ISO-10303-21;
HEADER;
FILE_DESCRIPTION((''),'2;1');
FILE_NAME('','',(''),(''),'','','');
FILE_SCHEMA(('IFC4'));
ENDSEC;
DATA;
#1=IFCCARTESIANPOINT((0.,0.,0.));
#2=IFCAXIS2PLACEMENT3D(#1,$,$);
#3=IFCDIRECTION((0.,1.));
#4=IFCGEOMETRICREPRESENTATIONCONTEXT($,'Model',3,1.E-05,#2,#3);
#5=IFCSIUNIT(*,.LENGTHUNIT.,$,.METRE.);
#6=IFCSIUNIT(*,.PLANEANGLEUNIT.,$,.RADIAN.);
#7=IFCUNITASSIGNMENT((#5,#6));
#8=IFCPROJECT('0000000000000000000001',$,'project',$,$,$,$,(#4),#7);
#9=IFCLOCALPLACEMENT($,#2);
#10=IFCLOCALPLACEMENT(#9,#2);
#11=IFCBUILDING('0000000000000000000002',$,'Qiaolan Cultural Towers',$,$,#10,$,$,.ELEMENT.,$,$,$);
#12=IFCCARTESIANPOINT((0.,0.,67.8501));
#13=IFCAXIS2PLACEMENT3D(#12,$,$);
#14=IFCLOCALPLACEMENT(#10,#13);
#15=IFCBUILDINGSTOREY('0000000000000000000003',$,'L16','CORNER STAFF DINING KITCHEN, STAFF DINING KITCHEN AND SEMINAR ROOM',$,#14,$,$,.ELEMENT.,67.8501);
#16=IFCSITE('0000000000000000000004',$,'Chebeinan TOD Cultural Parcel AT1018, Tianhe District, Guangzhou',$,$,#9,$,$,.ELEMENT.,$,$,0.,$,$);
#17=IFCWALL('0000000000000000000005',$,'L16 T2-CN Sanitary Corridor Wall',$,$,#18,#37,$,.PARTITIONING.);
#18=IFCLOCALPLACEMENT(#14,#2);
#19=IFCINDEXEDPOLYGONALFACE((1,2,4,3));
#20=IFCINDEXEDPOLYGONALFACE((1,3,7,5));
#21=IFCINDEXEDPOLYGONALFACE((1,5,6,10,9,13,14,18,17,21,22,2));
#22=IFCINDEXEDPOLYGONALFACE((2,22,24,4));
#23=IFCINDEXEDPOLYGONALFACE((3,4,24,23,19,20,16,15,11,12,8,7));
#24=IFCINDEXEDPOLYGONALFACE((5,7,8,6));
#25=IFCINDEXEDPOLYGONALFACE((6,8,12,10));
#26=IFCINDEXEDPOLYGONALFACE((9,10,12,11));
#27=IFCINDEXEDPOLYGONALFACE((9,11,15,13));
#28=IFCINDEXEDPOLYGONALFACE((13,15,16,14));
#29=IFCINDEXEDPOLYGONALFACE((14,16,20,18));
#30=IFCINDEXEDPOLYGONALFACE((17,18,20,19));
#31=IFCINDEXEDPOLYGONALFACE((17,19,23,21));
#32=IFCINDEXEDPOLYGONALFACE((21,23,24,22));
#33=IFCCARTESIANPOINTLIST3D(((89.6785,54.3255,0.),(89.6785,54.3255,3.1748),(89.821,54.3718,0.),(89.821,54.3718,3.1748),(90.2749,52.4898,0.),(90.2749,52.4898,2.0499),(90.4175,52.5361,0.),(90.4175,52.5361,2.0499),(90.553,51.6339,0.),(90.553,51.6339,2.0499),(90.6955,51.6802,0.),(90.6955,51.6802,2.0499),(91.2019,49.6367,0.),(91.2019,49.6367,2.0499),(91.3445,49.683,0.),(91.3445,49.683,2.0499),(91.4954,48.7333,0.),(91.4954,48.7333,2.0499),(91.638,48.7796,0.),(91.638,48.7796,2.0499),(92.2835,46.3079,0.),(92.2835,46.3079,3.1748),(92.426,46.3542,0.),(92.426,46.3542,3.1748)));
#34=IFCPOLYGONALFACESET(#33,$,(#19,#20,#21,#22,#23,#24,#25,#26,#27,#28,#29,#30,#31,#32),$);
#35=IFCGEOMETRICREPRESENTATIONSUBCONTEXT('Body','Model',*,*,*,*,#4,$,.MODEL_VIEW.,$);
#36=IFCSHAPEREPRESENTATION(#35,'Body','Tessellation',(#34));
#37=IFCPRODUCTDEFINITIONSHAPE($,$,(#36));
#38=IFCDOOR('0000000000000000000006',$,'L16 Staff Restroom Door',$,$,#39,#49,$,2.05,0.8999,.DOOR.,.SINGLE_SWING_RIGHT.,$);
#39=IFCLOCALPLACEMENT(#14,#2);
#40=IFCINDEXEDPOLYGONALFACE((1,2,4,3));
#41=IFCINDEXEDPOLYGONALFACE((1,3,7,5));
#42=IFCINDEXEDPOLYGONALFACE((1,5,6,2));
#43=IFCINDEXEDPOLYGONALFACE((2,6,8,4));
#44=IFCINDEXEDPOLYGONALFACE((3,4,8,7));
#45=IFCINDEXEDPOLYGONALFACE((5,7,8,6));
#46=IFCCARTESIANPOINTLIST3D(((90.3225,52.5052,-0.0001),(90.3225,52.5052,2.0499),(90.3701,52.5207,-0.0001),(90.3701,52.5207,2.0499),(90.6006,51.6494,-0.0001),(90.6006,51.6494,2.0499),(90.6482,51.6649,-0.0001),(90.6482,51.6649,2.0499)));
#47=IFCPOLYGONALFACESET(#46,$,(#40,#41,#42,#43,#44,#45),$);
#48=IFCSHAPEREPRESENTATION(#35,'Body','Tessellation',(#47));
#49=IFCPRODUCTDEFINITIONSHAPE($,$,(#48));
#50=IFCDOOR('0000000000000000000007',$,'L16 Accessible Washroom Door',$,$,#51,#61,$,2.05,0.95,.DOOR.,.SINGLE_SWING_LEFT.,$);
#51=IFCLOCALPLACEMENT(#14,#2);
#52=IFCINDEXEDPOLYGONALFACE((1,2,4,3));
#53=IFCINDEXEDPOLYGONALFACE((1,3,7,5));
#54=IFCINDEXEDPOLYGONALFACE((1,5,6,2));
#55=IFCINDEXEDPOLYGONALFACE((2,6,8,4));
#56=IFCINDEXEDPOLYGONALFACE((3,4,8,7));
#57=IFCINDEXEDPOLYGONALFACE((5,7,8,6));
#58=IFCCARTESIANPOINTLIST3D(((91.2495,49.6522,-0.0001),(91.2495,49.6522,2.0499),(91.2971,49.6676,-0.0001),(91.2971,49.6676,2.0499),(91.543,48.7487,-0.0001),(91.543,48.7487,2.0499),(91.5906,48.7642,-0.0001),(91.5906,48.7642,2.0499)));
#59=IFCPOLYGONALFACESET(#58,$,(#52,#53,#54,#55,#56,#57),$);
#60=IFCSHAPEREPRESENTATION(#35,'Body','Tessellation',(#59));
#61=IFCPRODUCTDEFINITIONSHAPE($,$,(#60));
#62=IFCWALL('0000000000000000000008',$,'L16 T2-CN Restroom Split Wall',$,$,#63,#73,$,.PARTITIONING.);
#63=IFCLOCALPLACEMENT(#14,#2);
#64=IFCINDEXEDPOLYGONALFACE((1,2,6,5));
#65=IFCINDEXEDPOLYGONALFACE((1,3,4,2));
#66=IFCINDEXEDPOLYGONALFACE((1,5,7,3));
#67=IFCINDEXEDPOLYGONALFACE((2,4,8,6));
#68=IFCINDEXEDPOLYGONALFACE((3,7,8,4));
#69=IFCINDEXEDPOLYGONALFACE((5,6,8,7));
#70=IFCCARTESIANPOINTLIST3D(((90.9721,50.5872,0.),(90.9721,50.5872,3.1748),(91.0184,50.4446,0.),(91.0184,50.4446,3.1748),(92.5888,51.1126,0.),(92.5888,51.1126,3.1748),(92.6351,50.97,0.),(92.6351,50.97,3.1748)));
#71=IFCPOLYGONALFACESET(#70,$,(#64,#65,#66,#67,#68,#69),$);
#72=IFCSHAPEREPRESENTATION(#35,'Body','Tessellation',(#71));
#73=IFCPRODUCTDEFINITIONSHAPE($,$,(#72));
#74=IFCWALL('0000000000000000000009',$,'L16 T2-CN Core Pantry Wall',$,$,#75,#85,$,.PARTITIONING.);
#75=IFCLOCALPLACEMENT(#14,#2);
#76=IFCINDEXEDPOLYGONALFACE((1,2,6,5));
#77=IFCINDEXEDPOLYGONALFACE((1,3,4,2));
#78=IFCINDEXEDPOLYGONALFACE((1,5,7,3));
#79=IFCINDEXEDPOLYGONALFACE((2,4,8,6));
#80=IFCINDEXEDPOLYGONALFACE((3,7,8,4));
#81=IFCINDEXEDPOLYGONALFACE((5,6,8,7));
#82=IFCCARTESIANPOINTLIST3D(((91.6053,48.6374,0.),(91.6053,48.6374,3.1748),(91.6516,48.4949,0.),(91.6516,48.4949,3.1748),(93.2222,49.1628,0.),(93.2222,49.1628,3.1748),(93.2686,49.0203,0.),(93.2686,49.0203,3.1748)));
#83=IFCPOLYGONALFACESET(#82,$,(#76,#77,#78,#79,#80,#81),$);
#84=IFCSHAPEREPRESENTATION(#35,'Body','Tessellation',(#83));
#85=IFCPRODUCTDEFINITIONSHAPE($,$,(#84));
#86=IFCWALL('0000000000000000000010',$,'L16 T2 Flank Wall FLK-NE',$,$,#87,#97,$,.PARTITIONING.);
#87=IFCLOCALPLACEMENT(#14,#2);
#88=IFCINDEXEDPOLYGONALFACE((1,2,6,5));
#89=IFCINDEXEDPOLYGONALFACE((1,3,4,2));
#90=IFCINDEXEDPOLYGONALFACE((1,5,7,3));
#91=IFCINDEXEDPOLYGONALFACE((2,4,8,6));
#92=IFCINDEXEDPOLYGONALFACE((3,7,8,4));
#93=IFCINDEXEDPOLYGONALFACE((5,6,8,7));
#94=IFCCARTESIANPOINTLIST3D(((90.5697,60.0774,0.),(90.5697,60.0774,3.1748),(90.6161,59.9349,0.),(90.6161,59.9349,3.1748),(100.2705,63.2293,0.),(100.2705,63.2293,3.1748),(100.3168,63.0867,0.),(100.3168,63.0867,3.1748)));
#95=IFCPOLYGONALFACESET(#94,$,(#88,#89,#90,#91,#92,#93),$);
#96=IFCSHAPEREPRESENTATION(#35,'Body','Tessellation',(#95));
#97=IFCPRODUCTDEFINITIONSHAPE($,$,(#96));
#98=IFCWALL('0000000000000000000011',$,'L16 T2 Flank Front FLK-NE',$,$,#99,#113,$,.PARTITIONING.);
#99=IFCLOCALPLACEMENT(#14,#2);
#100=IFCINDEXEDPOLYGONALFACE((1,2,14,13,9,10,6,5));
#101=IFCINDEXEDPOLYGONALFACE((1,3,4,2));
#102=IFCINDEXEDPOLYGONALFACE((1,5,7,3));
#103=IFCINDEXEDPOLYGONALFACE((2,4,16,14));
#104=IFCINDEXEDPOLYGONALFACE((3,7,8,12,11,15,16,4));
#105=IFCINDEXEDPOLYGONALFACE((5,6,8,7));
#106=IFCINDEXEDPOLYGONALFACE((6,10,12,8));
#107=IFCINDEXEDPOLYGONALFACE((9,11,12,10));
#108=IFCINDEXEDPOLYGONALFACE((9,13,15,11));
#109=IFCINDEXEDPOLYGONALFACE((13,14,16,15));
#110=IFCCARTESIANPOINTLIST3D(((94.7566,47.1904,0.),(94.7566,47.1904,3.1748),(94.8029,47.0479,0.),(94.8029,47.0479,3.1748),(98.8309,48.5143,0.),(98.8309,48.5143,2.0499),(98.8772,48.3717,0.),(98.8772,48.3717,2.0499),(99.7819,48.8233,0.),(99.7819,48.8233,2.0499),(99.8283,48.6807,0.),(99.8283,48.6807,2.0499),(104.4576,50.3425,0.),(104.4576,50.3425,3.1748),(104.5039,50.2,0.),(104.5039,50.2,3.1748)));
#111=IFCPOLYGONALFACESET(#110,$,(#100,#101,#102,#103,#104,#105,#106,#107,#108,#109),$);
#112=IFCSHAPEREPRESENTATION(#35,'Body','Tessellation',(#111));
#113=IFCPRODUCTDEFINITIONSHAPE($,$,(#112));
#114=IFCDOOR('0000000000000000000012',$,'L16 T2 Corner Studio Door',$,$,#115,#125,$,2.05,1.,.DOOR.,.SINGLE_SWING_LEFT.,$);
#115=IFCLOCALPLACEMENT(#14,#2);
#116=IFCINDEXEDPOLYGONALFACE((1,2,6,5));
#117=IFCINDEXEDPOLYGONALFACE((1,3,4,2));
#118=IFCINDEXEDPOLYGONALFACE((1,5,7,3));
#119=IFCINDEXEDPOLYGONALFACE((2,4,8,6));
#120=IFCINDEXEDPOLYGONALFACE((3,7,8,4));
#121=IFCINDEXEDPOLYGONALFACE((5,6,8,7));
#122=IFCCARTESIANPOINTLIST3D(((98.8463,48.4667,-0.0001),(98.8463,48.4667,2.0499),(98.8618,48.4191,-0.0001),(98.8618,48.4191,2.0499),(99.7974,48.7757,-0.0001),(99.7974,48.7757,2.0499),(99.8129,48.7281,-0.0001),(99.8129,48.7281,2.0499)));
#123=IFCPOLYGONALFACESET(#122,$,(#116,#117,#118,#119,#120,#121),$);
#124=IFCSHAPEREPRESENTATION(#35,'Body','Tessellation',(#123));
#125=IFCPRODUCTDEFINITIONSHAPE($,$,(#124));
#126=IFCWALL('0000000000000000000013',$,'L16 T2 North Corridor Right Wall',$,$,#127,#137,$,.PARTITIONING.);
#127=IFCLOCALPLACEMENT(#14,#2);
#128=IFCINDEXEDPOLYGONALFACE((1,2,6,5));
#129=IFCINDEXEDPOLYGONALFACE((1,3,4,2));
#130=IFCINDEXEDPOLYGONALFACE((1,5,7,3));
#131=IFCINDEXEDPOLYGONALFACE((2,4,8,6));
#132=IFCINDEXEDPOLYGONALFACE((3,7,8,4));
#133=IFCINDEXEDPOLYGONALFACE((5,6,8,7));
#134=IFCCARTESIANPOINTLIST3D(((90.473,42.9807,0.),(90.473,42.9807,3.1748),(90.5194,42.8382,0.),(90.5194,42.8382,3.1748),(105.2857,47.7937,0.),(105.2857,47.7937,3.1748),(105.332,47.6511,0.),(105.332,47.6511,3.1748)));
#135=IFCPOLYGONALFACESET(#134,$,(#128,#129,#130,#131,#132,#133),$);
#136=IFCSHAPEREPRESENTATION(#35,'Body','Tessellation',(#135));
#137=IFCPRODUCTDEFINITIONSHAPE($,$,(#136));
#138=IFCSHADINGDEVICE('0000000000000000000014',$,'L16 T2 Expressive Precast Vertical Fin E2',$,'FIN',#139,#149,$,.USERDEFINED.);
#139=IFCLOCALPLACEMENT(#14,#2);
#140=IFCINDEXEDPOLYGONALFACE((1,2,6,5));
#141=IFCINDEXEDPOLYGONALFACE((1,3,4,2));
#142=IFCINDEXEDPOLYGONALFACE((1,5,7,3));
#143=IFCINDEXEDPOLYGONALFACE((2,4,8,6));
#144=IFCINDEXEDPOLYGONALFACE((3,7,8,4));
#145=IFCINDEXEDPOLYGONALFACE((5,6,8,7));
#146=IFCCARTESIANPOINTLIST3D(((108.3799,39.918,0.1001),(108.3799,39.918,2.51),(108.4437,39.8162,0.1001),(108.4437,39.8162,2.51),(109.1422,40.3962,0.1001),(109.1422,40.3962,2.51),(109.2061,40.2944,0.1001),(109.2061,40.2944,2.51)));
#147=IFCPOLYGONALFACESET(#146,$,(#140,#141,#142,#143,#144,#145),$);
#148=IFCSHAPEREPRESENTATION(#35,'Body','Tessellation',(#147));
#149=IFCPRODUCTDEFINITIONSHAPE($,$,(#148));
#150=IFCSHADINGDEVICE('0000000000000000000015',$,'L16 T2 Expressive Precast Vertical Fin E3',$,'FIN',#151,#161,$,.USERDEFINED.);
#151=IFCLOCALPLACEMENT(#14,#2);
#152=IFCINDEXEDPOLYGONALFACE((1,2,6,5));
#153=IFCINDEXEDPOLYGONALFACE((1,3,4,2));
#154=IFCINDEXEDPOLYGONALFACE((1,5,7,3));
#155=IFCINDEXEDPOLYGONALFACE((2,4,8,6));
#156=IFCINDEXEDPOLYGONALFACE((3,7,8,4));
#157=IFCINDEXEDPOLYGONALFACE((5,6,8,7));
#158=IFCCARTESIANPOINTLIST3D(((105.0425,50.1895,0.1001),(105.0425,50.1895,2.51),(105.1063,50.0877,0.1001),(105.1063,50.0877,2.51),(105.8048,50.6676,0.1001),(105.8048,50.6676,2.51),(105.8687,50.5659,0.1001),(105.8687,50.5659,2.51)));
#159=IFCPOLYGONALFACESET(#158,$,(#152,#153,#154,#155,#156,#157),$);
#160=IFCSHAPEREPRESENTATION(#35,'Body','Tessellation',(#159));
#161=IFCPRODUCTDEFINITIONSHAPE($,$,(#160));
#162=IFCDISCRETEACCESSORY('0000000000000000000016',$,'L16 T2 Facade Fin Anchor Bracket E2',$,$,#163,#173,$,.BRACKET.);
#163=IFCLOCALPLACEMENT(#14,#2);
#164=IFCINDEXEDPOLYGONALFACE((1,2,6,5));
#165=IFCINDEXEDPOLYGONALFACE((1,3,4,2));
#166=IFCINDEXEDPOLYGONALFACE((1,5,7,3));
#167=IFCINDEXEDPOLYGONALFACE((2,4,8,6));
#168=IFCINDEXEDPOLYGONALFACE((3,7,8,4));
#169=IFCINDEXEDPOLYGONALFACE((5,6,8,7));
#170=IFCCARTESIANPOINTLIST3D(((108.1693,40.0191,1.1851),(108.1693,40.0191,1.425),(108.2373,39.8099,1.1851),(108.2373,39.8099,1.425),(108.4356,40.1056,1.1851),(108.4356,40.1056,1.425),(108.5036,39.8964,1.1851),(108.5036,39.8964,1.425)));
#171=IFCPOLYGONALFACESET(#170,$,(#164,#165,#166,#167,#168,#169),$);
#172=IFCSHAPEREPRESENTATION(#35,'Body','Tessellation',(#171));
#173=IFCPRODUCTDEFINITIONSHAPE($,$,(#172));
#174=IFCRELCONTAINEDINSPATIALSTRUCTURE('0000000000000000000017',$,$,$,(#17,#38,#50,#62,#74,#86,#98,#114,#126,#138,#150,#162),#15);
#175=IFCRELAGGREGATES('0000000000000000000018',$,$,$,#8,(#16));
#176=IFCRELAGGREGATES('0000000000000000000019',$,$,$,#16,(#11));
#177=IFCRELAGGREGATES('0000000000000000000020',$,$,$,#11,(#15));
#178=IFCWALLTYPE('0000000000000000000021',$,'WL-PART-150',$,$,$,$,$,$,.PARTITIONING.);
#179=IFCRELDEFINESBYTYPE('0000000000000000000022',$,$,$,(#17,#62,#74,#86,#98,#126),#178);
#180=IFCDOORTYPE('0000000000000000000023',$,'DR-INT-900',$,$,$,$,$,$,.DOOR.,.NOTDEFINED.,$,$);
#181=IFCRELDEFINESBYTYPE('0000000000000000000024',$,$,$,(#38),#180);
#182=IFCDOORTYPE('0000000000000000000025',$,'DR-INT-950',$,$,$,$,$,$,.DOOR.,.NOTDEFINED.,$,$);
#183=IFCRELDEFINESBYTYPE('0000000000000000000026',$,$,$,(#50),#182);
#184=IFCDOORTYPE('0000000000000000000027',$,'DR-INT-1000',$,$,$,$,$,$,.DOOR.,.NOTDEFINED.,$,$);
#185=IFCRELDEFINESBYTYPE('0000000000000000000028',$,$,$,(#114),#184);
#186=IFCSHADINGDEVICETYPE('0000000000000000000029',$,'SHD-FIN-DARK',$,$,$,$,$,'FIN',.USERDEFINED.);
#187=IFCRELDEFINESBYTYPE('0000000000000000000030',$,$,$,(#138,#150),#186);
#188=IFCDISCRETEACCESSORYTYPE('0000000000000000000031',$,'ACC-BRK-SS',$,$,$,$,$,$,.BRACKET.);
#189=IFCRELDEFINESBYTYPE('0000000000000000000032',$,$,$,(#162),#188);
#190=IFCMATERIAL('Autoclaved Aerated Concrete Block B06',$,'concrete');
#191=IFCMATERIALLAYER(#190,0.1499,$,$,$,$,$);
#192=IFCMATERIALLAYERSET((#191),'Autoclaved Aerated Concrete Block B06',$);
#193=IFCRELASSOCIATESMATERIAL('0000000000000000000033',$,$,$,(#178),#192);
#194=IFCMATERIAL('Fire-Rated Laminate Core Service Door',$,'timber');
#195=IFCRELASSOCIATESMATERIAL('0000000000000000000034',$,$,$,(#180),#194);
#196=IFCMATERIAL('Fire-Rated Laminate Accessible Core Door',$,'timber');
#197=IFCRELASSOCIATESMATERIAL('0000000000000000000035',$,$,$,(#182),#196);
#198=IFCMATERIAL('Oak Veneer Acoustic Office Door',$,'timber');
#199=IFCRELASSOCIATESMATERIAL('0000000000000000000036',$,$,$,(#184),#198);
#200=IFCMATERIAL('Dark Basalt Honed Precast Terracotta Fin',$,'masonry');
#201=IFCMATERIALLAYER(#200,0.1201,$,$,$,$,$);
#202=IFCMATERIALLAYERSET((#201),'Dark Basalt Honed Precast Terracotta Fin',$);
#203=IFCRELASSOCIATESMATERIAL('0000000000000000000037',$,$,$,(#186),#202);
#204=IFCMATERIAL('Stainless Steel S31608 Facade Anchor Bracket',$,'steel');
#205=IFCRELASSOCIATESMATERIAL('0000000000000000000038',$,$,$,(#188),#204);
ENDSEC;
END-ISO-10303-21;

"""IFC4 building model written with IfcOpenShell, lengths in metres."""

from ifc_helpers import new_model, si_unit, direction, frame, frame_2d, origin, origin_2d, place, context, subcontext, project, spatial, rectangle, extrude, material, layer, layer_set, type_object, element, fill, save


model = new_model("IFC4")

# Units and contexts
model_context = context("Model", 3, precision=1e-05, world=origin(), true_north=direction((0.0, 1.0)))
body_context = subcontext(model_context, "Body", "Model", "MODEL_VIEW")
ifc_project = project(units=[si_unit("LENGTHUNIT", "METRE"), si_unit("PLANEANGLEUNIT", "RADIAN")], contexts=[model_context])

# Site, building, storey
site_placement = place(None, origin())
site = spatial("IfcSite", under=ifc_project, at=site_placement, Name="Chebeinan TOD Cultural Parcel AT1018, Tianhe District, Guangzhou", CompositionType="ELEMENT", RefElevation=0.0)
building_placement = place(site_placement, origin())
building = spatial("IfcBuilding", under=site, at=building_placement, Name="Qiaolan Cultural Towers", CompositionType="ELEMENT")
storey_placement = place(building_placement, frame((0.0, 0.0, 67.8501)))
storey = spatial("IfcBuildingStorey", under=building, at=storey_placement, Name="L16", Description="CORNER STAFF DINING KITCHEN, STAFF DINING KITCHEN AND SEMINAR ROOM", CompositionType="ELEMENT", Elevation=67.8501)

# Wall, openings, doors
ifc_material_1 = material(Name="Autoclaved Aerated Concrete Block B06", Category="concrete")
ifc_layer_1 = layer(ifc_material_1, 0.1499)
ifc_layer_set_1 = layer_set([ifc_layer_1], Name="Autoclaved Aerated Concrete Block B06")
wall_type_1 = type_object("IfcWallType", Name="WL-PART-150", PredefinedType="PARTITIONING", material=ifc_layer_set_1)
ifc_material_2 = material(Name="Fire-Rated Laminate Core Service Door", Category="timber")
door_type_1 = type_object("IfcDoorType", Name="DR-INT-900", OperationType="NOTDEFINED", PredefinedType="DOOR", material=ifc_material_2)
ifc_material_3 = material(Name="Fire-Rated Laminate Accessible Core Door", Category="timber")
door_type_2 = type_object("IfcDoorType", Name="DR-INT-950", OperationType="NOTDEFINED", PredefinedType="DOOR", material=ifc_material_3)
wall_1_placement = place(storey_placement, frame((92.3547, 46.3311, 0.0), z_axis=(0.0, 0.0, 1.0), x_axis=(-0.309007, 0.95106, 0.0)))
wall_1 = element("IfcWall", 1, at=wall_1_placement, inside=storey, type_object=wall_type_1, Name="L16 T2-CN Sanitary Corridor Wall", PredefinedType="PARTITIONING", context=body_context, shape_type="SweptSolid", body=[
    extrude(rectangle(XDim=8.4302, YDim=0.1499, at=frame_2d((4.2151, 0.0))), origin(), (0.0, 0.0, 1.0), 3.1748),
])
opening_1_placement = place(wall_1_placement, frame((2.55, 0.0, 0.0)))
opening_1 = element("IfcOpeningElement", 2, at=opening_1_placement, cuts=wall_1, PredefinedType="OPENING", context=body_context, shape_type="SweptSolid", body=[
    extrude(rectangle(XDim=0.95, YDim=2.05, at=frame_2d((0.4751, 1.0249))), frame((0.0, 0.085, 0.0), z_axis=(0.0, -1.0, 0.0), x_axis=(1.0, 0.0, 0.0)), (0.0, 0.0, 1.0), 0.1699),
])
opening_2_placement = place(wall_1_placement, frame((5.6001, 0.0, 0.0)))
opening_2 = element("IfcOpeningElement", 3, at=opening_2_placement, cuts=wall_1, PredefinedType="OPENING", context=body_context, shape_type="SweptSolid", body=[
    extrude(rectangle(XDim=0.8999, YDim=2.05, at=frame_2d((0.45, 1.0249))), frame((0.0, 0.085, 0.0), z_axis=(0.0, -1.0, 0.0), x_axis=(1.0, 0.0, 0.0)), (0.0, 0.0, 1.0), 0.1699),
])
door_1_placement = place(opening_2_placement, origin())
door_1 = element("IfcDoor", 4, at=door_1_placement, inside=storey, type_object=door_type_1, Name="L16 Staff Restroom Door", OperationType="SINGLE_SWING_RIGHT", OverallHeight=2.05, OverallWidth=0.8999, PredefinedType="DOOR", context=body_context, shape_type="SweptSolid", body=[
    extrude(rectangle(XDim=0.8999, YDim=2.05, at=frame_2d((0.45, 1.0249))), frame((0.0, 0.0249, 0.0), z_axis=(0.0, -1.0, 0.0), x_axis=(1.0, 0.0, 0.0)), (0.0, 0.0, 1.0), 0.05),
])
fill(opening_2, door_1)
door_2_placement = place(opening_1_placement, origin())
door_2 = element("IfcDoor", 5, at=door_2_placement, inside=storey, type_object=door_type_2, Name="L16 Accessible Washroom Door", OperationType="SINGLE_SWING_LEFT", OverallHeight=2.05, OverallWidth=0.95, PredefinedType="DOOR", context=body_context, shape_type="SweptSolid", body=[
    extrude(rectangle(XDim=0.95, YDim=2.05, at=frame_2d((0.4751, 1.0249))), frame((0.0, 0.0249, 0.0), z_axis=(0.0, -1.0, 0.0), x_axis=(1.0, 0.0, 0.0)), (0.0, 0.0, 1.0), 0.05),
])
fill(opening_1, door_2)

# Walls
wall_2_placement = place(storey_placement, frame((90.9951, 50.5159, 0.0), z_axis=(0.0, 0.0, 1.0), x_axis=(0.95104, 0.309067, 0.0)))
element("IfcWall", 6, at=wall_2_placement, inside=storey, type_object=wall_type_1, Name="L16 T2-CN Restroom Split Wall", PredefinedType="PARTITIONING", context=body_context, shape_type="SweptSolid", body=[
    extrude(rectangle(XDim=1.7, YDim=0.1499, at=frame_2d((0.8501, 0.0))), origin(), (0.0, 0.0, 1.0), 3.1748),
])
wall_3_placement = place(storey_placement, frame((91.6284, 48.5662, 0.0), z_axis=(0.0, 0.0, 1.0), x_axis=(0.951054, 0.309024, 0.0)))
element("IfcWall", 7, at=wall_3_placement, inside=storey, type_object=wall_type_1, Name="L16 T2-CN Core Pantry Wall", PredefinedType="PARTITIONING", context=body_context, shape_type="SweptSolid", body=[
    extrude(rectangle(XDim=1.7002, YDim=0.1499, at=frame_2d((0.8501, 0.0))), origin(), (0.0, 0.0, 1.0), 3.1748),
])
wall_4_placement = place(storey_placement, frame((90.5928, 60.0061, 0.0), z_axis=(0.0, 0.0, 1.0), x_axis=(0.951059, 0.309009, 0.0)))
element("IfcWall", 8, at=wall_4_placement, inside=storey, type_object=wall_type_1, Name="L16 T2 Flank Wall FLK-NE", PredefinedType="PARTITIONING", context=body_context, shape_type="SweptSolid", body=[
    extrude(rectangle(XDim=10.2, YDim=0.1499, at=frame_2d((5.1001, 0.0))), origin(), (0.0, 0.0, 1.0), 3.1748),
])

# Wall, opening, door
wall_5_placement = place(storey_placement, frame((94.7798, 47.1191, 0.0), z_axis=(0.0, 0.0, 1.0), x_axis=(0.951054, 0.309024, 0.0)))
wall_5 = element("IfcWall", 9, at=wall_5_placement, inside=storey, type_object=wall_type_1, Name="L16 T2 Flank Front FLK-NE", PredefinedType="PARTITIONING", context=body_context, shape_type="SweptSolid", body=[
    extrude(rectangle(XDim=10.2002, YDim=0.1499, at=frame_2d((5.1001, 0.0))), origin(), (0.0, 0.0, 1.0), 3.1748),
])
opening_3_placement = place(wall_5_placement, frame((4.2839, 0.0, 0.0)))
opening_3 = element("IfcOpeningElement", 10, at=opening_3_placement, cuts=wall_5, PredefinedType="OPENING", context=body_context, shape_type="SweptSolid", body=[
    extrude(rectangle(XDim=1.0, YDim=2.05, at=frame_2d((0.5, 1.0249))), frame((0.0, 0.085, 0.0), z_axis=(0.0, -1.0, 0.0), x_axis=(1.0, 0.0, 0.0)), (0.0, 0.0, 1.0), 0.1699),
])
ifc_material_4 = material(Name="Oak Veneer Acoustic Office Door", Category="timber")
door_type_3 = type_object("IfcDoorType", Name="DR-INT-1000", OperationType="NOTDEFINED", PredefinedType="DOOR", material=ifc_material_4)
door_3_placement = place(opening_3_placement, origin())
door_3 = element("IfcDoor", 11, at=door_3_placement, inside=storey, type_object=door_type_3, Name="L16 T2 Corner Studio Door", OperationType="SINGLE_SWING_LEFT", OverallHeight=2.05, OverallWidth=1.0, PredefinedType="DOOR", context=body_context, shape_type="SweptSolid", body=[
    extrude(rectangle(XDim=1.0, YDim=2.05, at=frame_2d((0.5, 1.0249))), frame((0.0, 0.0249, 0.0), z_axis=(0.0, -1.0, 0.0), x_axis=(1.0, 0.0, 0.0)), (0.0, 0.0, 1.0), 0.05),
])
fill(opening_3, door_3)

# Wall
wall_6_placement = place(storey_placement, frame((90.4961, 42.9094, 0.0), z_axis=(0.0, 0.0, 1.0), x_axis=(0.951056, 0.309019, 0.0)))
element("IfcWall", 12, at=wall_6_placement, inside=storey, type_object=wall_type_1, Name="L16 T2 North Corridor Right Wall", PredefinedType="PARTITIONING", context=body_context, shape_type="SweptSolid", body=[
    extrude(rectangle(XDim=15.575, YDim=0.1499, at=frame_2d((7.7876, 0.0))), origin(), (0.0, 0.0, 1.0), 3.1748),
])

# Shading devices
ifc_material_5 = material(Name="Dark Basalt Honed Precast Terracotta Fin", Category="masonry")
ifc_layer_2 = layer(ifc_material_5, 0.1201)
ifc_layer_set_2 = layer_set([ifc_layer_2], Name="Dark Basalt Honed Precast Terracotta Fin")
shading_device_type = type_object("IfcShadingDeviceType", Name="SHD-FIN-DARK", ElementType="FIN", PredefinedType="USERDEFINED", material=ifc_layer_set_2)
for number, where, z_axis, x_axis, name in (
    (13, (108.793, 40.1062, 0.1001), (0.0, 0.0, 1.0), (0.847165, 0.53133, 0.0), "L16 T2 Expressive Precast Vertical Fin E2"),
    (14, (105.4556, 50.3777, 0.1001), (0.0, 0.0, 1.0), (0.847165, 0.53133, 0.0), "L16 T2 Expressive Precast Vertical Fin E3"),
):
    element("IfcShadingDevice", number, at=place(storey_placement, frame(where, z_axis=z_axis, x_axis=x_axis)), inside=storey, type_object=shading_device_type, Name=name, ObjectType="FIN", PredefinedType="USERDEFINED", context=body_context, shape_type="SweptSolid", body=[
        extrude(rectangle(XDim=0.8999, YDim=0.1201, at=origin_2d()), origin(), (0.0, 0.0, 1.0), 2.4099),
    ])

# Discrete accessory
ifc_material_6 = material(Name="Stainless Steel S31608 Facade Anchor Bracket", Category="steel")
discrete_accessory_type = type_object("IfcDiscreteAccessoryType", Name="ACC-BRK-SS", PredefinedType="BRACKET", material=ifc_material_6)
for number, where, z_axis, x_axis, name in (
    (15, (108.3364, 39.9578, 1.1851), (0.0, 0.0, 1.0), (0.951057, 0.309017, 0.0), "L16 T2 Facade Fin Anchor Bracket E2"),
):
    element("IfcDiscreteAccessory", number, at=place(storey_placement, frame(where, z_axis=z_axis, x_axis=x_axis)), inside=storey, type_object=discrete_accessory_type, Name=name, PredefinedType="BRACKET", context=body_context, shape_type="SweptSolid", body=[
        extrude(rectangle(XDim=0.28, YDim=0.22, at=origin_2d()), origin(), (0.0, 0.0, 1.0), 0.24),
    ])

save(model, "model.ifc")
